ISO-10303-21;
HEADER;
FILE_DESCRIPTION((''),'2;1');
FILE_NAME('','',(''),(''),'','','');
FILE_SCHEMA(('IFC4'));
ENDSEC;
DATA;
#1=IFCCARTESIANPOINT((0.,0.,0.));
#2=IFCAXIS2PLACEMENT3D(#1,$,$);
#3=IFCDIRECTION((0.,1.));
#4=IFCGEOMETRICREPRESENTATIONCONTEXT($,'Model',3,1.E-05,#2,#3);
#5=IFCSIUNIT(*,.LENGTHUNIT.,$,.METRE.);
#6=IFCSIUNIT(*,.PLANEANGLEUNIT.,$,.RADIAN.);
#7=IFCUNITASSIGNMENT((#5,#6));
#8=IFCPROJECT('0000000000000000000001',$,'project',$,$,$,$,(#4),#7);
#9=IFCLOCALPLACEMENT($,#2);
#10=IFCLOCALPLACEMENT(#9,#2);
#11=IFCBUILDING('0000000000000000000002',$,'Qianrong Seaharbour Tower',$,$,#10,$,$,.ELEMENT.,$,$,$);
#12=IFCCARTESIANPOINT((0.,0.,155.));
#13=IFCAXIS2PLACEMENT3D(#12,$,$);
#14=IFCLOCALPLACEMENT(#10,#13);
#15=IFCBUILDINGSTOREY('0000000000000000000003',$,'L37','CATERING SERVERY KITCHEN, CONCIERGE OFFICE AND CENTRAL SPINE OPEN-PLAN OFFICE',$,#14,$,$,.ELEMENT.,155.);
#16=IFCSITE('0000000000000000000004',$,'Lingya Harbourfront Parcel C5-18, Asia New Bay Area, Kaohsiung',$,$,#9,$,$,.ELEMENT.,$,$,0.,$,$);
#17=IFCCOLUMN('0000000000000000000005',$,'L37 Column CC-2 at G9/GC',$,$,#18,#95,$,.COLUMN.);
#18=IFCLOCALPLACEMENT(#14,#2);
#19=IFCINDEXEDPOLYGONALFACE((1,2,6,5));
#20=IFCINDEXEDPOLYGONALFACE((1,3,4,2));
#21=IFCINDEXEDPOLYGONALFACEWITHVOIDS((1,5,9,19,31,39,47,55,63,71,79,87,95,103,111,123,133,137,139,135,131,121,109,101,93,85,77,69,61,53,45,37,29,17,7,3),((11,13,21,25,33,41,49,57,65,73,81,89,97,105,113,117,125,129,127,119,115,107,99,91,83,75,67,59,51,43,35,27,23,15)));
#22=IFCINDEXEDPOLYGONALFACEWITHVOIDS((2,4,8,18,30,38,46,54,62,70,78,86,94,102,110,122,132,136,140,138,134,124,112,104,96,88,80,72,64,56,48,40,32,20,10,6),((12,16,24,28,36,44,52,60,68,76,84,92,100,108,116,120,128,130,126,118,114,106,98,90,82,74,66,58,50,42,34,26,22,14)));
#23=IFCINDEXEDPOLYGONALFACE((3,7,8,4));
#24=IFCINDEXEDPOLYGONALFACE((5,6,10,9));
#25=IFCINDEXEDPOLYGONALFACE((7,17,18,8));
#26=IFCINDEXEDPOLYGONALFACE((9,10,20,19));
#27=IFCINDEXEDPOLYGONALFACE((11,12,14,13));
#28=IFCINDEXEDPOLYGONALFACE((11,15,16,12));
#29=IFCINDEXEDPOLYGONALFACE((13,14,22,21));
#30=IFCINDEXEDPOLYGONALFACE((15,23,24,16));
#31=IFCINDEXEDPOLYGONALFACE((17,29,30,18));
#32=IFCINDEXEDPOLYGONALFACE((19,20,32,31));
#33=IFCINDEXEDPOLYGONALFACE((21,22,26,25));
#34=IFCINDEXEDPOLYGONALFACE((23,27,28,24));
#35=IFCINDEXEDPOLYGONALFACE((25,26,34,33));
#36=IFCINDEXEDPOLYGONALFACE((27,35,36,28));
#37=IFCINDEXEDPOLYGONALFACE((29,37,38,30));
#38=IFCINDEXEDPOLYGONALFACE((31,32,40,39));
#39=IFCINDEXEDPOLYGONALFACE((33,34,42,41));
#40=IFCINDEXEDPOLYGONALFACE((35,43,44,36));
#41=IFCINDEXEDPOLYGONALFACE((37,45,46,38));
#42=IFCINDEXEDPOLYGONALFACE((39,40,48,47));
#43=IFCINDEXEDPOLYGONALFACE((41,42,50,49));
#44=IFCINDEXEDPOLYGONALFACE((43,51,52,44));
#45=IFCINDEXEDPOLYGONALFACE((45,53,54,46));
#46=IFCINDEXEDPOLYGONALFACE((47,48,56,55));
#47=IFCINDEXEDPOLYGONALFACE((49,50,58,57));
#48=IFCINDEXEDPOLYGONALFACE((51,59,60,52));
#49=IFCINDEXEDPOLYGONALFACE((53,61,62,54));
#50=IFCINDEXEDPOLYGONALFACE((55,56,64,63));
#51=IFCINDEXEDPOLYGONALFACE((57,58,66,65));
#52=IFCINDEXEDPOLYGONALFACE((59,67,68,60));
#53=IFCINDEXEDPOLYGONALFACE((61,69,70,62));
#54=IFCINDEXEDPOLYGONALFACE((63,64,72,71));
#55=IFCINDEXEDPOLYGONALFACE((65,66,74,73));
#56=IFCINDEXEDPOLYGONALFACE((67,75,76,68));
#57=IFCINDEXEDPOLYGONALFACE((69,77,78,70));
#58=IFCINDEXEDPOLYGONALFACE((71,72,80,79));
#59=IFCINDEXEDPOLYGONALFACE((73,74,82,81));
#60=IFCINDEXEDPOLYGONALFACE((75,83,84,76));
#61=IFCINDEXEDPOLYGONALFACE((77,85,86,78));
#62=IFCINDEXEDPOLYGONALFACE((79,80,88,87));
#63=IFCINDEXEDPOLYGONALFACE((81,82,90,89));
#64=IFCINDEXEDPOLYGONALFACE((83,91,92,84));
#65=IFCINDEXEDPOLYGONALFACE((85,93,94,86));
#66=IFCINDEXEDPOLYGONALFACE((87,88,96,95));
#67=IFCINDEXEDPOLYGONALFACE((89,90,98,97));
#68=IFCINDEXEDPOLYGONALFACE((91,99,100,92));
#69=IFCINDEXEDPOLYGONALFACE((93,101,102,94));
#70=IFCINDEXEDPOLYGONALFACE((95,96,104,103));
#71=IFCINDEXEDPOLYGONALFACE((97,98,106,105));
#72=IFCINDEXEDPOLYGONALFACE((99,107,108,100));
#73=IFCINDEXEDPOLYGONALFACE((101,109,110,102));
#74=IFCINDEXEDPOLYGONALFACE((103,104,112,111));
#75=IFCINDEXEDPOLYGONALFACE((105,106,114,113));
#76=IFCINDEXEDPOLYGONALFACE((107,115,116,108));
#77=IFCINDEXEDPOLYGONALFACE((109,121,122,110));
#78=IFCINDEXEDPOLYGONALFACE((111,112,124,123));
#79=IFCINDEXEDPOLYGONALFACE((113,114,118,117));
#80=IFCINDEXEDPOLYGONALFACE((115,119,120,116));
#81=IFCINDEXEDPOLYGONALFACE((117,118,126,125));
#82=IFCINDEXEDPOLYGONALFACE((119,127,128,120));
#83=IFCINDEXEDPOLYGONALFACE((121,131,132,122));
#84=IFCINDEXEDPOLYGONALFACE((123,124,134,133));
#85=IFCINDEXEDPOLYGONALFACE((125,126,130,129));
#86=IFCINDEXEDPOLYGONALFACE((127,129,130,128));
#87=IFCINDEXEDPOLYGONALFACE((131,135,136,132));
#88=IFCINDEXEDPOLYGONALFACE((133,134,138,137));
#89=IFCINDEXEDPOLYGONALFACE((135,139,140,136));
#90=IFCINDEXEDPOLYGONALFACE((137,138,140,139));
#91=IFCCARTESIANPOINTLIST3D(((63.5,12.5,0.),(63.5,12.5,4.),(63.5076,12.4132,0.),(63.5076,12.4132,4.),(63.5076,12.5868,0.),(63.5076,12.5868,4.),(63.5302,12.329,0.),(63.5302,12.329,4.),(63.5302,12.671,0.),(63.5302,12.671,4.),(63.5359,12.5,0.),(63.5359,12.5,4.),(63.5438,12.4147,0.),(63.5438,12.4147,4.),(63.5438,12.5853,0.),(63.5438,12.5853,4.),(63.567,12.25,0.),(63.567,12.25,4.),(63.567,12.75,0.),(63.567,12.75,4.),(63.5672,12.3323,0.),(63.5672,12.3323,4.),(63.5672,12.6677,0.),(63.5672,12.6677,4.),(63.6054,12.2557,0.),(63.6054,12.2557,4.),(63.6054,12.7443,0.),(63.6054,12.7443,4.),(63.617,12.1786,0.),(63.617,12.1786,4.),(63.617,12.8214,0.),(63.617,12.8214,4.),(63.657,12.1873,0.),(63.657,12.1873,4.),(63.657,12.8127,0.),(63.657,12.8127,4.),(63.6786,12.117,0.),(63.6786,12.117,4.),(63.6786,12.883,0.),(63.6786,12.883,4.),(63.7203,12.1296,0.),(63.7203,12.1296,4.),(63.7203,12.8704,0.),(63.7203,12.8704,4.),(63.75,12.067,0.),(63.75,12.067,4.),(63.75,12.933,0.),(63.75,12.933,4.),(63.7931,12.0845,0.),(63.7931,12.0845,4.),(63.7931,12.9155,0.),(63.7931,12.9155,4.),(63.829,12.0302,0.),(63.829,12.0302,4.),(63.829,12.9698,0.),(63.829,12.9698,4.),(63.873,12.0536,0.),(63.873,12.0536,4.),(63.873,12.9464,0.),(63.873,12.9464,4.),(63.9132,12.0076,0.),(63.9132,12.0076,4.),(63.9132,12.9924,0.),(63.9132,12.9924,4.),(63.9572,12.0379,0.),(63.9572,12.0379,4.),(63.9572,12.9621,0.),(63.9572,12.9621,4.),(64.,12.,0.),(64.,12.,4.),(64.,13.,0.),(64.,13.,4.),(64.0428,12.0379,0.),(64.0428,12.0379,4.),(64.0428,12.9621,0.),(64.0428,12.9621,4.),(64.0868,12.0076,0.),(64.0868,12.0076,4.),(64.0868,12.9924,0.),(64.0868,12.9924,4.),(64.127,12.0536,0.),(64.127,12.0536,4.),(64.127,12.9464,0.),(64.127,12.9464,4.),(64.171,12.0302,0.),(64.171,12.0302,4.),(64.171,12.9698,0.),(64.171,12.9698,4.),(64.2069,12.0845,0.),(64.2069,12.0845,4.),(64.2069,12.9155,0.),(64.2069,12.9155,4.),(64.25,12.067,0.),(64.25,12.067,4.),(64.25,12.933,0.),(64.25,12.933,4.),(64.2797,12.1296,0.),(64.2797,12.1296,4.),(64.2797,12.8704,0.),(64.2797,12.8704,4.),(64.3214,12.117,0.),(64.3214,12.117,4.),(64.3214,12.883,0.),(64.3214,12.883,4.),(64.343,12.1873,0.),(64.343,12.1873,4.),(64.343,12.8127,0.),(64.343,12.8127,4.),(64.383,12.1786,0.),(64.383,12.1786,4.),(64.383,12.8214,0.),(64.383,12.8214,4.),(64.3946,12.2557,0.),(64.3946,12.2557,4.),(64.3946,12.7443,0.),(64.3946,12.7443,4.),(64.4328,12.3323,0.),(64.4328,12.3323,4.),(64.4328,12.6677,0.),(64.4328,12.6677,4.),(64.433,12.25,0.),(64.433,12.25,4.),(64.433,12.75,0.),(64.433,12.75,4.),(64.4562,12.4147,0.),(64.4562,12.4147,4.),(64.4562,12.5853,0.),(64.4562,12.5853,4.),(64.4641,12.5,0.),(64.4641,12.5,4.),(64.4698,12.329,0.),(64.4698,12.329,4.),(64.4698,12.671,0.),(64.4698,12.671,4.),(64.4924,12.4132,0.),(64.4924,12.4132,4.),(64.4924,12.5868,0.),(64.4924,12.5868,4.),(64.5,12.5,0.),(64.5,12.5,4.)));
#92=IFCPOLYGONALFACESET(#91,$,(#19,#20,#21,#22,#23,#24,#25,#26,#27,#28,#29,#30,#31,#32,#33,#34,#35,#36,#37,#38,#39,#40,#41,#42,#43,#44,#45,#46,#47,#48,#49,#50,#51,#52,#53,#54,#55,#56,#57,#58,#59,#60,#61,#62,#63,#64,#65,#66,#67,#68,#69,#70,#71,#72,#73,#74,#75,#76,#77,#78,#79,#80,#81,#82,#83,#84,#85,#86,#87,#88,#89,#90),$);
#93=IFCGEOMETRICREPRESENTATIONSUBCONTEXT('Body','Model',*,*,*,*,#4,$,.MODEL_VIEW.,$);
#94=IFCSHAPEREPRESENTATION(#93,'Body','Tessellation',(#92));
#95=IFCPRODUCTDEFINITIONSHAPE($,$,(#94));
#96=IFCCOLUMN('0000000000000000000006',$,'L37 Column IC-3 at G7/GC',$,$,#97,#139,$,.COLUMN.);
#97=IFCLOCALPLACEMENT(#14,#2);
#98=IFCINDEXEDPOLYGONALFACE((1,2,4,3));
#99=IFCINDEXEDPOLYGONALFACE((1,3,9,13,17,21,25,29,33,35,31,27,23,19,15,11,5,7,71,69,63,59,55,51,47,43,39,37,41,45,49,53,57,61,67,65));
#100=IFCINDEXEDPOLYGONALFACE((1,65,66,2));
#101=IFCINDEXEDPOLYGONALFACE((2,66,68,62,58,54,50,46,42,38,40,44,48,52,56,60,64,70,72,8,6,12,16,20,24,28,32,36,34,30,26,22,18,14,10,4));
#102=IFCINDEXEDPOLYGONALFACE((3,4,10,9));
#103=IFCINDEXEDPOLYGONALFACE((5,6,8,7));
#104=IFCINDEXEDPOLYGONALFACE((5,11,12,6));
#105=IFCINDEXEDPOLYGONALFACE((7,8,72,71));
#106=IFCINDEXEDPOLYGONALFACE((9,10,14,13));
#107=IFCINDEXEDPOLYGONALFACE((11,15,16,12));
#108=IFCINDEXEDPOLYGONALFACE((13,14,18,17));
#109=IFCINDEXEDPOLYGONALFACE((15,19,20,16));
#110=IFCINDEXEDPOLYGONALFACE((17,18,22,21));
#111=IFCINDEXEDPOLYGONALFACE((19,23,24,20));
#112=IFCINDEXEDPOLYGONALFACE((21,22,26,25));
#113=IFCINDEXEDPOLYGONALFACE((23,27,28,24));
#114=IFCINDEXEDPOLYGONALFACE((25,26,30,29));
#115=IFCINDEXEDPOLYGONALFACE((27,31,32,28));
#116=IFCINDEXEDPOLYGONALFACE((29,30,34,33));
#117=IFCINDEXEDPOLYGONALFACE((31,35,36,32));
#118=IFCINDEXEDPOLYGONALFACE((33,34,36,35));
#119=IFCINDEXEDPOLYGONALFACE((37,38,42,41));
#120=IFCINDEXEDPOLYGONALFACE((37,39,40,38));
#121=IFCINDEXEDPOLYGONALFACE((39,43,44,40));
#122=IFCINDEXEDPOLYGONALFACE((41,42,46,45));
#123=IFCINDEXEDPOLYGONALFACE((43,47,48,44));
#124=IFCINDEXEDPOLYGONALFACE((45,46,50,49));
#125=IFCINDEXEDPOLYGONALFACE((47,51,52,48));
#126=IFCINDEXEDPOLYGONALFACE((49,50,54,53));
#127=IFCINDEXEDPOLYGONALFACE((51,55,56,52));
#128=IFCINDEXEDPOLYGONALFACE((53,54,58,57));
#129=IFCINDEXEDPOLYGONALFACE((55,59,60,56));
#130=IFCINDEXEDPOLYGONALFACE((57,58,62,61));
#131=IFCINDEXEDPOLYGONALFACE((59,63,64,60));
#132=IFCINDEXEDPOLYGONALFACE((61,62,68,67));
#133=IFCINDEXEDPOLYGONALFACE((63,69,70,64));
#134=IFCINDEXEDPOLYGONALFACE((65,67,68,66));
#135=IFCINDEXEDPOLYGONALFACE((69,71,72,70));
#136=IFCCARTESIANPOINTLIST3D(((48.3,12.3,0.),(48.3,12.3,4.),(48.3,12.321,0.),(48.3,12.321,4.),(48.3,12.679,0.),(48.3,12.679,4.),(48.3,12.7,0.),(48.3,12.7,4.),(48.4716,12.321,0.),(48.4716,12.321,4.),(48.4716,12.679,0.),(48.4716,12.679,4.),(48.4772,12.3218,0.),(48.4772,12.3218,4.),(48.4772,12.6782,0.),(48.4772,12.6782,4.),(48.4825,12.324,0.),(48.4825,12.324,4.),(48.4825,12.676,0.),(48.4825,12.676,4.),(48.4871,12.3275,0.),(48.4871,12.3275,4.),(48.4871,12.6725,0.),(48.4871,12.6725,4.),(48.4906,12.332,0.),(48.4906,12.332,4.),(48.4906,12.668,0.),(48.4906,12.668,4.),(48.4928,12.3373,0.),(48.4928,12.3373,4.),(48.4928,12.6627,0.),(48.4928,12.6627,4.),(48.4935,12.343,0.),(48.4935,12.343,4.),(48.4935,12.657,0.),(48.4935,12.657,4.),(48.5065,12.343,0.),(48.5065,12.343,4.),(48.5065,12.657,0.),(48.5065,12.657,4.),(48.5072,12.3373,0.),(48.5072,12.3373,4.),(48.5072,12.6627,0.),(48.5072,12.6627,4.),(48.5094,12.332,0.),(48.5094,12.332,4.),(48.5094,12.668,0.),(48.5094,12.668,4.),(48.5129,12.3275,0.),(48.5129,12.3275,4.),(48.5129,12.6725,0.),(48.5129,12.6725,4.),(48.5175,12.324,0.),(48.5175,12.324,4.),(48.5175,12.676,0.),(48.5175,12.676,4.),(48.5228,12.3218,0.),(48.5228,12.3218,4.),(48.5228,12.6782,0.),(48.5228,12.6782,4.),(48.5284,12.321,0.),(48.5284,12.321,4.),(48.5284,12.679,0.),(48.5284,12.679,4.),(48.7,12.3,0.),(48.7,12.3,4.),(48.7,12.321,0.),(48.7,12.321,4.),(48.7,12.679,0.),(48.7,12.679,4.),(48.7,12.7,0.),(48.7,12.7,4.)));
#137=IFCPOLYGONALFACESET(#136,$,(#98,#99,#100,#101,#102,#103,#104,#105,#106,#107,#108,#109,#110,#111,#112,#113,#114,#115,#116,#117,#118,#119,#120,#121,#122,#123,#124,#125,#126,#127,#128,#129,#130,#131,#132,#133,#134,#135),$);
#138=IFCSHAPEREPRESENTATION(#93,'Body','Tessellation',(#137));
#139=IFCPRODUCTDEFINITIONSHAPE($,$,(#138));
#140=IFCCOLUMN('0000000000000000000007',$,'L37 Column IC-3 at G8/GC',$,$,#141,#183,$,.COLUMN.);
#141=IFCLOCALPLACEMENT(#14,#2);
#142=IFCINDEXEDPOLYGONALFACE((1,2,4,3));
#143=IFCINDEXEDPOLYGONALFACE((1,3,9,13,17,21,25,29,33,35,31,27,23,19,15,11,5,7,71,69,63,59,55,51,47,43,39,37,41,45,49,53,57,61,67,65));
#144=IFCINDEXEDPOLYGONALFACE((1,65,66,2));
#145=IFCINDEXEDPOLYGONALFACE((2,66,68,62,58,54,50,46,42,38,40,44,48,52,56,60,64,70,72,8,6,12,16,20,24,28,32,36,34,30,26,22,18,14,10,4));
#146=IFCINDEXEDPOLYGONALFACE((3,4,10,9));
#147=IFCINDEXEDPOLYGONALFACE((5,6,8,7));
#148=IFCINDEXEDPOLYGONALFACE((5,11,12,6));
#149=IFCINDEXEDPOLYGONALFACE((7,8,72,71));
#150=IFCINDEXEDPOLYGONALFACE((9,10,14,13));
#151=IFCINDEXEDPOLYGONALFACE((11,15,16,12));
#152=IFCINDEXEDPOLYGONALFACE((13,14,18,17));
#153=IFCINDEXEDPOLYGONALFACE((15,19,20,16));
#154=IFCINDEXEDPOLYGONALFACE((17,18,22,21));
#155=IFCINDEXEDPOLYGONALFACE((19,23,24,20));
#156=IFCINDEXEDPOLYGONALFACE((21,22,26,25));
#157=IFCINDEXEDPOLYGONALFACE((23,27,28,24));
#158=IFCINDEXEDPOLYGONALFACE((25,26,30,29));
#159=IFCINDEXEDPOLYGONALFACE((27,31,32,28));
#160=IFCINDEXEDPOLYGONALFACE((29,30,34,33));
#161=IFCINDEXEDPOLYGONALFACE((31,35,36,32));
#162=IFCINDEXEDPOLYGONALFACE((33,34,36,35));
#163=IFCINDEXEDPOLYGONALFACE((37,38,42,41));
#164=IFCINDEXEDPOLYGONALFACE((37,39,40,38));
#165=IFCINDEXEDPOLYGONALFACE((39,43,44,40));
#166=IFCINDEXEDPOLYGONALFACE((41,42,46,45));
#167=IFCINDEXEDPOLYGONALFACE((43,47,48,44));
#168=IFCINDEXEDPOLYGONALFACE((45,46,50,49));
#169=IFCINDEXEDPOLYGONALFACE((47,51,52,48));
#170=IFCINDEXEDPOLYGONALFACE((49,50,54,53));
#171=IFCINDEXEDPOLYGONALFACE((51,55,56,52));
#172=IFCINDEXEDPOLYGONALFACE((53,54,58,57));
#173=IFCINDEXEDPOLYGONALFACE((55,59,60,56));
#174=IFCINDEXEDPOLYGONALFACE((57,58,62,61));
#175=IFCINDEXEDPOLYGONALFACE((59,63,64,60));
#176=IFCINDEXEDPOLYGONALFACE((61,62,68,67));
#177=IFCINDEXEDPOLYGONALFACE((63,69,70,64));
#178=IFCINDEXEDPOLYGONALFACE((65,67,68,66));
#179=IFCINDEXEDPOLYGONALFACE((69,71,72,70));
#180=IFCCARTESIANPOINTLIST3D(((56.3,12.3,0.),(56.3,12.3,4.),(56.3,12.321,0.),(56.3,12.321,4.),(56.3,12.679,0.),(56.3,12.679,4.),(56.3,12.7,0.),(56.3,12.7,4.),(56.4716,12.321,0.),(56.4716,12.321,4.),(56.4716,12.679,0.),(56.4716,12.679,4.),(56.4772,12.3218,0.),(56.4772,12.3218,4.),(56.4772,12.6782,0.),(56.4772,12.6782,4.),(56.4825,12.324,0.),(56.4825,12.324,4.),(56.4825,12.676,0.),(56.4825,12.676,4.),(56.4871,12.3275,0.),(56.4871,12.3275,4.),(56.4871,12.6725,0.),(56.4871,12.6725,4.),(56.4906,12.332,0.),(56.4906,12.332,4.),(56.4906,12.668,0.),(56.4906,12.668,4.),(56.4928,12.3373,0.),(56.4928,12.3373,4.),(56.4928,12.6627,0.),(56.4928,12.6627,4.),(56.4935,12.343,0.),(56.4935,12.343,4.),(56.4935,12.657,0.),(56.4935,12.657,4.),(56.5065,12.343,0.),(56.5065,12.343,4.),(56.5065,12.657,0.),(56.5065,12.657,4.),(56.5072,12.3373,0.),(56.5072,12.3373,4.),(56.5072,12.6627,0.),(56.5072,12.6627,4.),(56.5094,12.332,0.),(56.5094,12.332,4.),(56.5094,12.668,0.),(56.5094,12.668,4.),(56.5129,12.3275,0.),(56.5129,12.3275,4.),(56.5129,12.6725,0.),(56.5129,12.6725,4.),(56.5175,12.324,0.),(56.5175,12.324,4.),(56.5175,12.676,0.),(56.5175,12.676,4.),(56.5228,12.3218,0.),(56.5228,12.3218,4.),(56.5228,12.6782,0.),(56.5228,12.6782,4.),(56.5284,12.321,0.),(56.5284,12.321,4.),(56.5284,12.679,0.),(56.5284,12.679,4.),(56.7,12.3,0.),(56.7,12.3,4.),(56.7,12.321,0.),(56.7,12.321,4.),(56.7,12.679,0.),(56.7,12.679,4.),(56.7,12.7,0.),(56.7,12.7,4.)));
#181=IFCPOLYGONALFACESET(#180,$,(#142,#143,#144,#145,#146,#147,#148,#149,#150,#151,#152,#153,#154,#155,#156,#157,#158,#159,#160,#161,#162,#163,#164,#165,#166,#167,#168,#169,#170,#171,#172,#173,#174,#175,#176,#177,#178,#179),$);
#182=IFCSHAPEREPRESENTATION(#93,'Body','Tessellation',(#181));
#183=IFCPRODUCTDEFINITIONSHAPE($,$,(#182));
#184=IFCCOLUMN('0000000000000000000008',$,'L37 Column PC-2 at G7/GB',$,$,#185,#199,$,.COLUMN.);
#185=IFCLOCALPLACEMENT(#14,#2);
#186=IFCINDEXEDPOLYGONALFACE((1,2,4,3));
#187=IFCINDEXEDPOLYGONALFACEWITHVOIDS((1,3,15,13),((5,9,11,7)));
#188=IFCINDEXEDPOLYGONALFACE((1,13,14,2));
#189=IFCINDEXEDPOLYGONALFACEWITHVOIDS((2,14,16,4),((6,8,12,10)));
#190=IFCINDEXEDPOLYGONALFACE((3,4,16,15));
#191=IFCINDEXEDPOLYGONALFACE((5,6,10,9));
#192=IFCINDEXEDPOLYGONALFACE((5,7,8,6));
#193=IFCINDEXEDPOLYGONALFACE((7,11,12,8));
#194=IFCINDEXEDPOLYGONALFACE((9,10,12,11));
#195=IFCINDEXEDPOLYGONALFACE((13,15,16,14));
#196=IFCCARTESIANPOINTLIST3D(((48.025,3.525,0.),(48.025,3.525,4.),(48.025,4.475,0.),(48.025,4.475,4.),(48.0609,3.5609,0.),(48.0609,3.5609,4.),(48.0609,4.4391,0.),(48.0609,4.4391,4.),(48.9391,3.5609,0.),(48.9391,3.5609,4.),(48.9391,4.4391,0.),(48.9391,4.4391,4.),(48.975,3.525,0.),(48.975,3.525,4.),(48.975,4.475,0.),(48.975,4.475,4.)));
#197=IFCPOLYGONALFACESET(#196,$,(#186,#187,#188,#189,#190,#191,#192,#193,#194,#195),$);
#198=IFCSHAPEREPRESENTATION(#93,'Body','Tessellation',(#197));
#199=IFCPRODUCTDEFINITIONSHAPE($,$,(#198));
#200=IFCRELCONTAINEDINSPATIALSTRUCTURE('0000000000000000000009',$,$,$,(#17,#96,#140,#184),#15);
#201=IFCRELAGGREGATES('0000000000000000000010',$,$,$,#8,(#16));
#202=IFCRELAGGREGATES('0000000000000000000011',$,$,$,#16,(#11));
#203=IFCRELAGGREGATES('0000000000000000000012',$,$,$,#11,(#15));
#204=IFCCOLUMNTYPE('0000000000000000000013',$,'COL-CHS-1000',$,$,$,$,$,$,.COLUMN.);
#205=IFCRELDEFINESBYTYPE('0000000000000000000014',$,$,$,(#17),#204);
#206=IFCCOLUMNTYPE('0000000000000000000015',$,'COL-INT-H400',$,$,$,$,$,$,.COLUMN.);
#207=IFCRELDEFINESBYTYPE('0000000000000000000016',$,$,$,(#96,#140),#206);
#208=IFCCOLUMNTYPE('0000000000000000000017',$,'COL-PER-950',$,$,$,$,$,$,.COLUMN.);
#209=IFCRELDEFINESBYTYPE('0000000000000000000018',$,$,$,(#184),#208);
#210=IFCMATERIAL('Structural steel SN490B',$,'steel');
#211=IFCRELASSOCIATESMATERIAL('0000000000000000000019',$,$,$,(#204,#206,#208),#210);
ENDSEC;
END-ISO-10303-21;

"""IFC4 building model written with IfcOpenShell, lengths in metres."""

from ifc_helpers import new_model, si_unit, direction, frame, origin, origin_2d, place, context, subcontext, project, spatial, hollow_rectangle, hollow_circle, i_section, extrude, material, material_profile, profile_set, type_object, element, save


model = new_model("IFC4")

# Units and contexts
model_context = context("Model", 3, precision=1e-05, world=origin(), true_north=direction((0.0, 1.0)))
body_context = subcontext(model_context, "Body", "Model", "MODEL_VIEW")
ifc_project = project(units=[si_unit("LENGTHUNIT", "METRE"), si_unit("PLANEANGLEUNIT", "RADIAN")], contexts=[model_context])

# Site, building, storey
site_placement = place(None, origin())
site = spatial("IfcSite", under=ifc_project, at=site_placement, Name="Lingya Harbourfront Parcel C5-18, Asia New Bay Area, Kaohsiung", CompositionType="ELEMENT", RefElevation=0.0)
building_placement = place(site_placement, origin())
building = spatial("IfcBuilding", under=site, at=building_placement, Name="Qianrong Seaharbour Tower", CompositionType="ELEMENT")
storey_placement = place(building_placement, frame((0.0, 0.0, 155.0)))
storey = spatial("IfcBuildingStorey", under=building, at=storey_placement, Name="L37", Description="CATERING SERVERY KITCHEN, CONCIERGE OFFICE AND CENTRAL SPINE OPEN-PLAN OFFICE", CompositionType="ELEMENT", Elevation=155.0)

# Columns
ifc_material_1 = material(Name="Structural steel SN490B", Category="steel")
ifc_material_profile_1 = material_profile(ifc_material_1, hollow_circle(Radius=0.5, WallThickness=0.0359, at=origin_2d()), Name="CHS1000x36")
ifc_profile_set_1 = profile_set([ifc_material_profile_1], Name="Structural steel SN490B")
column_type_1 = type_object("IfcColumnType", Name="COL-CHS-1000", PredefinedType="COLUMN", material=ifc_profile_set_1)
column_placement = place(storey_placement, frame((64.0, 12.5, 0.0), z_axis=(0.0, 0.0, 1.0), x_axis=(1.0, 0.0, 0.0)))
element("IfcColumn", 1, at=column_placement, inside=storey, type_object=column_type_1, Name="L37 Column CC-2 at G9/GC", PredefinedType="COLUMN", context=body_context, shape_type="SweptSolid", body=[
    extrude(hollow_circle(Radius=0.5, WallThickness=0.0359, at=origin_2d()), origin(), (0.0, 0.0, 1.0), 4.0),
])
ifc_material_profile_2 = material_profile(ifc_material_1, i_section(OverallWidth=0.3999, OverallDepth=0.3999, WebThickness=0.0129, FlangeThickness=0.021, FilletRadius=0.022, at=origin_2d()), Name="H400x400x13x21")
ifc_profile_set_2 = profile_set([ifc_material_profile_2], Name="Structural steel SN490B")
column_type_2 = type_object("IfcColumnType", Name="COL-INT-H400", PredefinedType="COLUMN", material=ifc_profile_set_2)
for number, where, z_axis, x_axis, name in (
    (2, (48.5, 12.5, 0.0), (0.0, 0.0, 1.0), (1.0, 0.0, 0.0), "L37 Column IC-3 at G7/GC"),
    (3, (56.5, 12.5, 0.0), (0.0, 0.0, 1.0), (1.0, 0.0, 0.0), "L37 Column IC-3 at G8/GC"),
):
    element("IfcColumn", number, at=place(storey_placement, frame(where, z_axis=z_axis, x_axis=x_axis)), inside=storey, type_object=column_type_2, Name=name, PredefinedType="COLUMN", context=body_context, shape_type="SweptSolid", body=[
        extrude(i_section(OverallWidth=0.3999, OverallDepth=0.3999, WebThickness=0.0129, FlangeThickness=0.021, FilletRadius=0.022, at=origin_2d()), origin(), (0.0, 0.0, 1.0), 4.0),
    ])
ifc_material_profile_3 = material_profile(ifc_material_1, hollow_rectangle(XDim=0.95, YDim=0.95, WallThickness=0.0359, at=origin_2d()), Name="BOX950x950x36")
ifc_profile_set_3 = profile_set([ifc_material_profile_3], Name="Structural steel SN490B")
column_type_3 = type_object("IfcColumnType", Name="COL-PER-950", PredefinedType="COLUMN", material=ifc_profile_set_3)
for number, where, z_axis, x_axis, name in (
    (4, (48.5, 4.0, 0.0), (0.0, 0.0, 1.0), (1.0, 0.0, 0.0), "L37 Column PC-2 at G7/GB"),
):
    element("IfcColumn", number, at=place(storey_placement, frame(where, z_axis=z_axis, x_axis=x_axis)), inside=storey, type_object=column_type_3, Name=name, PredefinedType="COLUMN", context=body_context, shape_type="SweptSolid", body=[
        extrude(hollow_rectangle(XDim=0.95, YDim=0.95, WallThickness=0.0359, at=origin_2d()), origin(), (0.0, 0.0, 1.0), 4.0),
    ])

save(model, "model.ifc")
